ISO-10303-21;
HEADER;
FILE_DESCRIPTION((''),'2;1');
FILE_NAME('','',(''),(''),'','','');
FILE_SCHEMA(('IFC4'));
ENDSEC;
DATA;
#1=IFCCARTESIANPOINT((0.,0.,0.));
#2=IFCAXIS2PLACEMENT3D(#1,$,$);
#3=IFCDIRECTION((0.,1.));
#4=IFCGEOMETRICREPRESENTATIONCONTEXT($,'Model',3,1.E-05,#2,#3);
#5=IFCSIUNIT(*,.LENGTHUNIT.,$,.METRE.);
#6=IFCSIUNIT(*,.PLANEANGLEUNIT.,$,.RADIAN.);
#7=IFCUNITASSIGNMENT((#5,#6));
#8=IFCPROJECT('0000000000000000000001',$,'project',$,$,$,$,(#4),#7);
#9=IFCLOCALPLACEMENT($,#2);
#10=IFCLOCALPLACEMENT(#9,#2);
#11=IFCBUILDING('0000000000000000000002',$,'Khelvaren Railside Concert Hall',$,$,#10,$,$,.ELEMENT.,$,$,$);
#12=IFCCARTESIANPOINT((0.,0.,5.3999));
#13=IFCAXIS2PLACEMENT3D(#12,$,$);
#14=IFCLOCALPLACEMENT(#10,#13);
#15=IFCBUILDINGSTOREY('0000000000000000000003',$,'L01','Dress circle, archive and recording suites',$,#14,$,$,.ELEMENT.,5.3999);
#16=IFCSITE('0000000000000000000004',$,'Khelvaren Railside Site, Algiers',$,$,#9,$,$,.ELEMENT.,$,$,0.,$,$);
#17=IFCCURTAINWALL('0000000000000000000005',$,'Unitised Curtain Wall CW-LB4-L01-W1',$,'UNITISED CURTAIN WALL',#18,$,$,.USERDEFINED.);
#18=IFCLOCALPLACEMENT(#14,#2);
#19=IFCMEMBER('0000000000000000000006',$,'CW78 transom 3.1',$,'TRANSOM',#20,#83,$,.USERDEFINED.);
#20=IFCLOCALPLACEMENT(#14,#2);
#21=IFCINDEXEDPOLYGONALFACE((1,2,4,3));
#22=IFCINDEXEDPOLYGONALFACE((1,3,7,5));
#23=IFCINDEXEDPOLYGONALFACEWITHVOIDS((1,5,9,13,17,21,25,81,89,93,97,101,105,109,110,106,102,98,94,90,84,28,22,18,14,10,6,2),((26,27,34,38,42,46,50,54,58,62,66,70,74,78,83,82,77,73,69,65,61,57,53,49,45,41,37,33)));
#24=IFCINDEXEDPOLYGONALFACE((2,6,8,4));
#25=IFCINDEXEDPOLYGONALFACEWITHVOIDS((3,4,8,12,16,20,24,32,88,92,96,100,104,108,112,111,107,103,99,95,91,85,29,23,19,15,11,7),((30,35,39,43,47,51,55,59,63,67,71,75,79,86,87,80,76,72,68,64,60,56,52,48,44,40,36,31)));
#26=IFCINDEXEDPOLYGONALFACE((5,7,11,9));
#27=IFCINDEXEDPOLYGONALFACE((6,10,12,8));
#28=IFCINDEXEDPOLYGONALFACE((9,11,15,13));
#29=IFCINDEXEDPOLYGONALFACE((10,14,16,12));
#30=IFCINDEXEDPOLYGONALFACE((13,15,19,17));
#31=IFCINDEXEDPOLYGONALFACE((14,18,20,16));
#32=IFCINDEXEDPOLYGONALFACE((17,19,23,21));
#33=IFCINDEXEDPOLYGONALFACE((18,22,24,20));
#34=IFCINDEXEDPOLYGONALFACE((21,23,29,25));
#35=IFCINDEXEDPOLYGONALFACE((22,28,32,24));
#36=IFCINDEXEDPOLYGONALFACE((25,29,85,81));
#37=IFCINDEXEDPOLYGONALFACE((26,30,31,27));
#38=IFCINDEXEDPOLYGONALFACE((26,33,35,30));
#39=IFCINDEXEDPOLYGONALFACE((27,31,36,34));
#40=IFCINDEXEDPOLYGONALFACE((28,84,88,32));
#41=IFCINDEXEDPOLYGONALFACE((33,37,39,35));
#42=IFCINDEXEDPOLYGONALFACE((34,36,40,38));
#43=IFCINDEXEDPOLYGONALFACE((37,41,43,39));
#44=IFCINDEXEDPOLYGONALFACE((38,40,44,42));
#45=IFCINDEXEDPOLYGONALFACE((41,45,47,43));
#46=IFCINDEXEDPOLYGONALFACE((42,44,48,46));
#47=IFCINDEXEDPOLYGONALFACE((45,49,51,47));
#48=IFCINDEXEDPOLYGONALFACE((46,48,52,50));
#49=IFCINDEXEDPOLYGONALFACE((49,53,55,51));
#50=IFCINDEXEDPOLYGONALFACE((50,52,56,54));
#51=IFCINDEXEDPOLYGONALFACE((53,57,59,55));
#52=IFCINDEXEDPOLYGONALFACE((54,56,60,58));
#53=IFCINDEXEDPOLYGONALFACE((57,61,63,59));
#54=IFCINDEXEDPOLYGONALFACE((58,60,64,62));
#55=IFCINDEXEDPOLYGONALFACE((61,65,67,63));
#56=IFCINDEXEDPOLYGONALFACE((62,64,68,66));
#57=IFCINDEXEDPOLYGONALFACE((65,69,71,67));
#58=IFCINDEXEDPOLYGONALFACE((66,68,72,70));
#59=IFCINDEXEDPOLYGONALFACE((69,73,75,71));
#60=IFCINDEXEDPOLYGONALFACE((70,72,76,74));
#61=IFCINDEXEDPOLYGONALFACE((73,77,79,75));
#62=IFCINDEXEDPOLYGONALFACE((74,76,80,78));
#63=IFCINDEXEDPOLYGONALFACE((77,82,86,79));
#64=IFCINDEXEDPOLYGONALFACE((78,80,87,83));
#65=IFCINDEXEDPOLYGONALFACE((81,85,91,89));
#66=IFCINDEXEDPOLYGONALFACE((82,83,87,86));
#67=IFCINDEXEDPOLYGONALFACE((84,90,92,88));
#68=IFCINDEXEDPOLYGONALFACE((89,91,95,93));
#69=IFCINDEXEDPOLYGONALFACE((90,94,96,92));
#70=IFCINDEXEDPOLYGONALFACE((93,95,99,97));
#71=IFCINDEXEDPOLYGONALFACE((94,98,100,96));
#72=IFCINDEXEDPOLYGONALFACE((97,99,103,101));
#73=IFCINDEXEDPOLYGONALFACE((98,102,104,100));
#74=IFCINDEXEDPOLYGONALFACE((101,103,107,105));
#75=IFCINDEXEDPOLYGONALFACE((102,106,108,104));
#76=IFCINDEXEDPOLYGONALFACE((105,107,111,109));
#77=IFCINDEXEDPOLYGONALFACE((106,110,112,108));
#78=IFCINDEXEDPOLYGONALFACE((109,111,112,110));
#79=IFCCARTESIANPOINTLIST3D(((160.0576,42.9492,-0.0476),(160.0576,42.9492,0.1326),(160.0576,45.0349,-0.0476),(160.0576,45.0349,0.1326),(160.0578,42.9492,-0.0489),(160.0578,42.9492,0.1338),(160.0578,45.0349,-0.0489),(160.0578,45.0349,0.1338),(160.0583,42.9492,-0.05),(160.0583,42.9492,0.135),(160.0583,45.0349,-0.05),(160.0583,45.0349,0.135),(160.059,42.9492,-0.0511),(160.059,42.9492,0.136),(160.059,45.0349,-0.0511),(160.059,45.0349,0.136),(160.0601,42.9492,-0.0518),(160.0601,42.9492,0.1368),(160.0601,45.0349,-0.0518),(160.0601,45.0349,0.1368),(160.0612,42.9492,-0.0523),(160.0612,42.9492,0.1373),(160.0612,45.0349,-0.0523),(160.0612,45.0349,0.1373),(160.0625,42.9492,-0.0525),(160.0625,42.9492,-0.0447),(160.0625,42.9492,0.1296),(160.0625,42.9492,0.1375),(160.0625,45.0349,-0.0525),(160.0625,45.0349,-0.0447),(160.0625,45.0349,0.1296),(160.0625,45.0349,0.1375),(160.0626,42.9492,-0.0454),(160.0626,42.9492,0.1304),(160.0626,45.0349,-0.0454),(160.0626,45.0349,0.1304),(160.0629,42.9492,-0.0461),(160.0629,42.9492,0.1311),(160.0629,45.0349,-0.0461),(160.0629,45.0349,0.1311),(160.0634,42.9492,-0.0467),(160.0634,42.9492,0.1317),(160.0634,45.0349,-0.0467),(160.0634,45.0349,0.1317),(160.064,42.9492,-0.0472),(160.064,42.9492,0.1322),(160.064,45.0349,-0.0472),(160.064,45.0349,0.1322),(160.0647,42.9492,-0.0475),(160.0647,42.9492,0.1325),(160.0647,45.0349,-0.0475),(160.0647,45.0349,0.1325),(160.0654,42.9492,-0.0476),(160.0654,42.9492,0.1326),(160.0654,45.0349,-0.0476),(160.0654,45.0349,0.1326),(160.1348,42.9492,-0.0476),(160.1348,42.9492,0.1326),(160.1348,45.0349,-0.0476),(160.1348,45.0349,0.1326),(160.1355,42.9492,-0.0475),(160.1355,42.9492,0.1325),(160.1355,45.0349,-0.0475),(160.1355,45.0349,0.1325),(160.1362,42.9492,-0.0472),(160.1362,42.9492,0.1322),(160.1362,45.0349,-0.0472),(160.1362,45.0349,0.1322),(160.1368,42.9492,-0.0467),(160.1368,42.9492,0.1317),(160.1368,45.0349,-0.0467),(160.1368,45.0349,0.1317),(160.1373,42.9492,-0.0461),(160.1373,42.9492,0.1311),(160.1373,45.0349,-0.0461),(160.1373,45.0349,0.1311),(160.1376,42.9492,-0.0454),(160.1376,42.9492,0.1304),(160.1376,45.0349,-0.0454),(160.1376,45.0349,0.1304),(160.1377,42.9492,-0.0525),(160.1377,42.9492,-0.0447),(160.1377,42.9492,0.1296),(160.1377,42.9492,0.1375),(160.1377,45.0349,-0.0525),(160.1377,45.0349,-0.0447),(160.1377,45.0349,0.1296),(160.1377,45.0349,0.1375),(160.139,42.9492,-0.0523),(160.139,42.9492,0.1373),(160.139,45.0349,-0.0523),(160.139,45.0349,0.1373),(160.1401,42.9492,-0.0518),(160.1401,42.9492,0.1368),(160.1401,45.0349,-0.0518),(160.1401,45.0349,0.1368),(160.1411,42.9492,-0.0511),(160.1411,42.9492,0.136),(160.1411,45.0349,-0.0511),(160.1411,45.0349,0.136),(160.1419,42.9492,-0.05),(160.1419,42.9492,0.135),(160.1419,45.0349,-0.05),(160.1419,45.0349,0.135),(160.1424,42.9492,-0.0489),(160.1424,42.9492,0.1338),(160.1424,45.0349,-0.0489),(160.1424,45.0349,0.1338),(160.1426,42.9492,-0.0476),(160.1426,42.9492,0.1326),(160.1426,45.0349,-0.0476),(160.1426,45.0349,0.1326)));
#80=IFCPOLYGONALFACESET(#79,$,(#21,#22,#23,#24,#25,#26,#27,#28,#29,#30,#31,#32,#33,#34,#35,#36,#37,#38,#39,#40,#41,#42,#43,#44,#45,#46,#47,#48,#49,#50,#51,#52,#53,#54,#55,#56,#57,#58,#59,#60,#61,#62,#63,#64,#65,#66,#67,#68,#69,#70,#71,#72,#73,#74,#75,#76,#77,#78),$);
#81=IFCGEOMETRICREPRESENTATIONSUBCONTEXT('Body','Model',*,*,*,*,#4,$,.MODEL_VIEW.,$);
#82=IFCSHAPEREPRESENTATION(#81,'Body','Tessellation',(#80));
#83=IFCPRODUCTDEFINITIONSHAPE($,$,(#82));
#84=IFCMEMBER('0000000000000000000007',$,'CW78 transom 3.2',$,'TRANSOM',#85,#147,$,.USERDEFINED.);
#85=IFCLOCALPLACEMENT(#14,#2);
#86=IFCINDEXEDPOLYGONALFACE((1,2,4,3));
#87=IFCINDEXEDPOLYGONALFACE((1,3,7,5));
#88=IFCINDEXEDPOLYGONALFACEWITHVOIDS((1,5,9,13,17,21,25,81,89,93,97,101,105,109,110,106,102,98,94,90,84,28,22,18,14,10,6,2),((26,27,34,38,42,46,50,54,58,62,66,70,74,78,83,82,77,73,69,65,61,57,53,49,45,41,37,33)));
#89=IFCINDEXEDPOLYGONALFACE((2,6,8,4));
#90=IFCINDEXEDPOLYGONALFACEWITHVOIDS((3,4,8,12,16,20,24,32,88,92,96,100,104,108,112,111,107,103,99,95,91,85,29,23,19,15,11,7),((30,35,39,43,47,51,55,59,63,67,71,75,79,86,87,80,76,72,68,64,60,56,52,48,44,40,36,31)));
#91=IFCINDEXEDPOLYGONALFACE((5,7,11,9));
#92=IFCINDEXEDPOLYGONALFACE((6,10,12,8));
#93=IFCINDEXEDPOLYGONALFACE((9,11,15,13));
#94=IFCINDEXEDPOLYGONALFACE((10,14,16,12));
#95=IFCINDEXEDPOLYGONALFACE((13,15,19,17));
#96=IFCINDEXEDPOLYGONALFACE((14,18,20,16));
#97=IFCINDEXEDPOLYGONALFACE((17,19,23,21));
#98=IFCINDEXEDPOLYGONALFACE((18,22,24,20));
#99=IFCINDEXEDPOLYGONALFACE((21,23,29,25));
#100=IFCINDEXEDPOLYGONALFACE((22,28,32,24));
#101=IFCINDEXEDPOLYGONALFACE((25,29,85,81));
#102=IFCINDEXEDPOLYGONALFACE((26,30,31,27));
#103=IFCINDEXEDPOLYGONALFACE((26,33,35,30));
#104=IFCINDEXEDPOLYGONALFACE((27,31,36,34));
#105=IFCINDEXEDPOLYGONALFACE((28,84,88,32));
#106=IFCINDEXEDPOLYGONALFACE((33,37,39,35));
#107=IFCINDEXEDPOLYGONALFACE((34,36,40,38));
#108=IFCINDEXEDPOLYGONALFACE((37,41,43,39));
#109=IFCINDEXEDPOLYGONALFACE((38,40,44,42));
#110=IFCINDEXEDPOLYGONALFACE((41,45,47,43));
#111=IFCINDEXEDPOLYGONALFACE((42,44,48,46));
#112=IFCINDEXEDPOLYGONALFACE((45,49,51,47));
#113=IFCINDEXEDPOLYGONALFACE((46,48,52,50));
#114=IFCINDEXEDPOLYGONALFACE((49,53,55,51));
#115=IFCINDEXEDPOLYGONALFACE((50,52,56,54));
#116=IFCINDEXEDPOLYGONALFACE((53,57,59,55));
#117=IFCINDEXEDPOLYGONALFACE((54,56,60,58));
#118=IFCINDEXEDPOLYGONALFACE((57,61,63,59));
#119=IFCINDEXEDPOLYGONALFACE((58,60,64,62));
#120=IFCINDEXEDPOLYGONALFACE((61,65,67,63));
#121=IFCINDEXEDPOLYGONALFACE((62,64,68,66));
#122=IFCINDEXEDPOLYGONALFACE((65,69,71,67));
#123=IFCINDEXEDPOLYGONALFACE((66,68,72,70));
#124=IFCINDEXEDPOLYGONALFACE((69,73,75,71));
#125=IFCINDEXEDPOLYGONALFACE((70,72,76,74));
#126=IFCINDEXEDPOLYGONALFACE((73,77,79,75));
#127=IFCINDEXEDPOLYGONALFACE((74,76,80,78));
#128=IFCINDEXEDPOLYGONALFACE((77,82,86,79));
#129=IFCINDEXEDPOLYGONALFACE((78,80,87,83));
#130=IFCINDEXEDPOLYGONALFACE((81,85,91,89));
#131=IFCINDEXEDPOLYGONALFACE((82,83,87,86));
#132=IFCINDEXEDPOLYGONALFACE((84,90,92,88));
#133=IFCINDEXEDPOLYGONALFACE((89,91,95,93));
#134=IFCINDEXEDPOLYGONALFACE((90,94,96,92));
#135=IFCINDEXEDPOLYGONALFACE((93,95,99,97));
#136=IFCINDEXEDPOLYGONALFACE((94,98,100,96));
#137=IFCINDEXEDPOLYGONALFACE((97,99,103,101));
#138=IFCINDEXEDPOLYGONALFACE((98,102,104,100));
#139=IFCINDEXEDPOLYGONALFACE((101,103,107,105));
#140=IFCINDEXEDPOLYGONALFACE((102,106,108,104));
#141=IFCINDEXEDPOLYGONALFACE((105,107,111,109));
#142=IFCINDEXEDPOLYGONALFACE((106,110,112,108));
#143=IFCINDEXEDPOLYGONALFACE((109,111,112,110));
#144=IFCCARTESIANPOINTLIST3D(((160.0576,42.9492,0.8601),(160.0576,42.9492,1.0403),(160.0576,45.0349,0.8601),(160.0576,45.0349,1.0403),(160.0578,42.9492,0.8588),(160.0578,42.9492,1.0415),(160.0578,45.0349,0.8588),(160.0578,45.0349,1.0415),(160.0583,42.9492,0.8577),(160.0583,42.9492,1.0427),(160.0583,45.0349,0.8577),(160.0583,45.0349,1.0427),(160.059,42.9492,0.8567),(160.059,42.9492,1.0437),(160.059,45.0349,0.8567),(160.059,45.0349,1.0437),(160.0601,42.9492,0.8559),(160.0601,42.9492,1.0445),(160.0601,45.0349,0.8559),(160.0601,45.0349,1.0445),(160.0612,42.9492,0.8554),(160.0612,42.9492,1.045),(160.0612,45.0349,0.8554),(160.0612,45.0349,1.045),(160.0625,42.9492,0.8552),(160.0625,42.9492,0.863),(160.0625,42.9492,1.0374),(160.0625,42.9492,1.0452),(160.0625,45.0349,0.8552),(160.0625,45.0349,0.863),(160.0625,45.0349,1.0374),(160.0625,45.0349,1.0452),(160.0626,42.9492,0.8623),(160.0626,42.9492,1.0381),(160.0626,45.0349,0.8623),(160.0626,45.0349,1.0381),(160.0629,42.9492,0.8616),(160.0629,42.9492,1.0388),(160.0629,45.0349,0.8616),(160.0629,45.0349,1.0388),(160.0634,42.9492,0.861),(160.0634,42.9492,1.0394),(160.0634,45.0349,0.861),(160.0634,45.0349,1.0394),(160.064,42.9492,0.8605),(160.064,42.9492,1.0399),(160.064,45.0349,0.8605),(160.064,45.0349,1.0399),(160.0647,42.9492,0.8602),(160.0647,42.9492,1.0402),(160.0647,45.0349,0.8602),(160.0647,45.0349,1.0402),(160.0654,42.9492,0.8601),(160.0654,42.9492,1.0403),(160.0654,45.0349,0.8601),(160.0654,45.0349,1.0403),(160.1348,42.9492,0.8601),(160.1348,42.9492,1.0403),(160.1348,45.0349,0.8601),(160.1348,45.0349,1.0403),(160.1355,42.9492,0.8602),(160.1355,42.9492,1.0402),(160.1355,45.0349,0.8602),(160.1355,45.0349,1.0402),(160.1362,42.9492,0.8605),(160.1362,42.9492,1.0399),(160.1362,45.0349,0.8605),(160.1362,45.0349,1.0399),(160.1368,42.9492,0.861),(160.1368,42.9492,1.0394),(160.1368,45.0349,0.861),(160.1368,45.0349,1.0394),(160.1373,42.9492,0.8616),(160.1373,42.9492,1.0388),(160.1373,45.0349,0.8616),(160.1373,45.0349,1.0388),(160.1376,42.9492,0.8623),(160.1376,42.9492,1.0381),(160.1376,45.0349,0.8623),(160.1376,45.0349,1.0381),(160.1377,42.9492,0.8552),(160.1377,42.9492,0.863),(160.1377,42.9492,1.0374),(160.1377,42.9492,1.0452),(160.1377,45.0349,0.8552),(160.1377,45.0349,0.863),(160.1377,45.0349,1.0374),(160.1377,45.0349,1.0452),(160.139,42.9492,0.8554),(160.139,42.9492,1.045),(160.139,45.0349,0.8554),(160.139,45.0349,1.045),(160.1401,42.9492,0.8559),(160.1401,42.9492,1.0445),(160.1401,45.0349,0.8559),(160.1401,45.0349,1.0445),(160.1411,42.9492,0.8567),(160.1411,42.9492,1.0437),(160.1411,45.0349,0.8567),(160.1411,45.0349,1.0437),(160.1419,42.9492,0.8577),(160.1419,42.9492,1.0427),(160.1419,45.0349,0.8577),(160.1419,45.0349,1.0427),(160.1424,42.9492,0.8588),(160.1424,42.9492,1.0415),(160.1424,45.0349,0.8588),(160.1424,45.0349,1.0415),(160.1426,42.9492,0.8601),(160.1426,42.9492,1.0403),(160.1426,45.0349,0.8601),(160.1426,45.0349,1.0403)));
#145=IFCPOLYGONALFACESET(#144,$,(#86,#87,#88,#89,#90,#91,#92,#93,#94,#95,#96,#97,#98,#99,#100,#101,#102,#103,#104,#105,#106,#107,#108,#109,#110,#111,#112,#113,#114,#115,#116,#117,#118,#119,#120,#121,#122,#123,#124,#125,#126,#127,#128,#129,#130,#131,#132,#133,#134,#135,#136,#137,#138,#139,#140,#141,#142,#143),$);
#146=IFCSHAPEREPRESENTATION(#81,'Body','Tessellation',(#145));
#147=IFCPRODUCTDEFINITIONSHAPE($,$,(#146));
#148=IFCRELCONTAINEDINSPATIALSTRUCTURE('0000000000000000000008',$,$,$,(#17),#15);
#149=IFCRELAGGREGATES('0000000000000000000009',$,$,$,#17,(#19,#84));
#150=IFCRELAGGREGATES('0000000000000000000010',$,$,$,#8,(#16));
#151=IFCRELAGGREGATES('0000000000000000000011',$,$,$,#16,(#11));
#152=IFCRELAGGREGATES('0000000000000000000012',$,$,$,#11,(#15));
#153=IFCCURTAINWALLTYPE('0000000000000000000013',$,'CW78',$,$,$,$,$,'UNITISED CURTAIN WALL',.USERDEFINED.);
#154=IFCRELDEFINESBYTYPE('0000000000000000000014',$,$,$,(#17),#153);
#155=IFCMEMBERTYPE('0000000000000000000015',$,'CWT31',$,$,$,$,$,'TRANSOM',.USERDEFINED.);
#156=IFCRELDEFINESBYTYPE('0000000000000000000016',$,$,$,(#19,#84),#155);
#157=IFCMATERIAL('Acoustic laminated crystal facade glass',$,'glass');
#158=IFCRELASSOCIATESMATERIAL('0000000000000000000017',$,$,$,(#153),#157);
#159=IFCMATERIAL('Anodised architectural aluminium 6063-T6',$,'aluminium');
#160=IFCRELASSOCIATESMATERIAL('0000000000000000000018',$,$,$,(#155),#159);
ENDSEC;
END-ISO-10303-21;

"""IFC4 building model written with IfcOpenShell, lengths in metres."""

from ifc_helpers import new_model, si_unit, direction, frame, origin, origin_2d, place, context, subcontext, project, spatial, hollow_rectangle, extrude, material, material_profile, profile_set, type_object, element, aggregate, save


model = new_model("IFC4")

# Units and contexts
model_context = context("Model", 3, precision=1e-05, world=origin(), true_north=direction((0.0, 1.0)))
body_context = subcontext(model_context, "Body", "Model", "MODEL_VIEW")
ifc_project = project(units=[si_unit("LENGTHUNIT", "METRE"), si_unit("PLANEANGLEUNIT", "RADIAN")], contexts=[model_context])

# Site, building, storey
site_placement = place(None, origin())
site = spatial("IfcSite", under=ifc_project, at=site_placement, Name="Khelvaren Railside Site, Algiers", CompositionType="ELEMENT", RefElevation=0.0)
building_placement = place(site_placement, origin())
building = spatial("IfcBuilding", under=site, at=building_placement, Name="Khelvaren Railside Concert Hall", CompositionType="ELEMENT")
storey_placement = place(building_placement, frame((0.0, 0.0, 5.3999)))
storey = spatial("IfcBuildingStorey", under=building, at=storey_placement, Name="L01", Description="Dress circle, archive and recording suites", CompositionType="ELEMENT", Elevation=5.3999)

# Curtain wall, members
ifc_material_1 = material(Name="Acoustic laminated crystal facade glass", Category="glass")
curtain_wall_type = type_object("IfcCurtainWallType", Name="CW78", ElementType="UNITISED CURTAIN WALL", PredefinedType="USERDEFINED", material=ifc_material_1)
curtain_wall_placement = place(storey_placement, origin())
curtain_wall = element("IfcCurtainWall", 1, at=curtain_wall_placement, inside=storey, type_object=curtain_wall_type, Name="Unitised Curtain Wall CW-LB4-L01-W1", ObjectType="UNITISED CURTAIN WALL", PredefinedType="USERDEFINED")
ifc_material_2 = material(Name="Anodised architectural aluminium 6063-T6", Category="aluminium")
ifc_material_profile_1 = material_profile(ifc_material_2, hollow_rectangle(XDim=0.085, YDim=0.1899, WallThickness=0.0049, InnerFilletRadius=0.0029, OuterFilletRadius=0.0049, at=origin_2d()), Name="CWT 85x190x5")
ifc_profile_set_1 = profile_set([ifc_material_profile_1], Name="Anodised architectural aluminium 6063-T6")
member_type_1 = type_object("IfcMemberType", Name="CWT31", ElementType="TRANSOM", PredefinedType="USERDEFINED", material=ifc_profile_set_1)
member_1_placement = place(storey_placement, frame((160.1001, 42.9492, 0.0425), z_axis=(0.0, 1.0, 0.0), x_axis=(-1.0, 0.0, 0.0)))
member_1 = element("IfcMember", 2, at=member_1_placement, type_object=member_type_1, Name="CW78 transom 3.1", ObjectType="TRANSOM", PredefinedType="USERDEFINED", context=body_context, shape_type="SweptSolid", body=[
    extrude(hollow_rectangle(XDim=0.085, YDim=0.1899, WallThickness=0.0049, InnerFilletRadius=0.0029, OuterFilletRadius=0.0049, at=origin_2d()), origin(), (0.0, 0.0, 1.0), 2.0857),
])
member_2_placement = place(storey_placement, frame((160.1001, 42.9492, 0.9502), z_axis=(0.0, 1.0, 0.0), x_axis=(-1.0, 0.0, 0.0)))
member_2 = element("IfcMember", 3, at=member_2_placement, type_object=member_type_1, Name="CW78 transom 3.2", ObjectType="TRANSOM", PredefinedType="USERDEFINED", context=body_context, shape_type="SweptSolid", body=[
    extrude(hollow_rectangle(XDim=0.085, YDim=0.1899, WallThickness=0.0049, InnerFilletRadius=0.0029, OuterFilletRadius=0.0049, at=origin_2d()), origin(), (0.0, 0.0, 1.0), 2.0857),
])
aggregate(curtain_wall, [member_1, member_2])

save(model, "model.ifc")
